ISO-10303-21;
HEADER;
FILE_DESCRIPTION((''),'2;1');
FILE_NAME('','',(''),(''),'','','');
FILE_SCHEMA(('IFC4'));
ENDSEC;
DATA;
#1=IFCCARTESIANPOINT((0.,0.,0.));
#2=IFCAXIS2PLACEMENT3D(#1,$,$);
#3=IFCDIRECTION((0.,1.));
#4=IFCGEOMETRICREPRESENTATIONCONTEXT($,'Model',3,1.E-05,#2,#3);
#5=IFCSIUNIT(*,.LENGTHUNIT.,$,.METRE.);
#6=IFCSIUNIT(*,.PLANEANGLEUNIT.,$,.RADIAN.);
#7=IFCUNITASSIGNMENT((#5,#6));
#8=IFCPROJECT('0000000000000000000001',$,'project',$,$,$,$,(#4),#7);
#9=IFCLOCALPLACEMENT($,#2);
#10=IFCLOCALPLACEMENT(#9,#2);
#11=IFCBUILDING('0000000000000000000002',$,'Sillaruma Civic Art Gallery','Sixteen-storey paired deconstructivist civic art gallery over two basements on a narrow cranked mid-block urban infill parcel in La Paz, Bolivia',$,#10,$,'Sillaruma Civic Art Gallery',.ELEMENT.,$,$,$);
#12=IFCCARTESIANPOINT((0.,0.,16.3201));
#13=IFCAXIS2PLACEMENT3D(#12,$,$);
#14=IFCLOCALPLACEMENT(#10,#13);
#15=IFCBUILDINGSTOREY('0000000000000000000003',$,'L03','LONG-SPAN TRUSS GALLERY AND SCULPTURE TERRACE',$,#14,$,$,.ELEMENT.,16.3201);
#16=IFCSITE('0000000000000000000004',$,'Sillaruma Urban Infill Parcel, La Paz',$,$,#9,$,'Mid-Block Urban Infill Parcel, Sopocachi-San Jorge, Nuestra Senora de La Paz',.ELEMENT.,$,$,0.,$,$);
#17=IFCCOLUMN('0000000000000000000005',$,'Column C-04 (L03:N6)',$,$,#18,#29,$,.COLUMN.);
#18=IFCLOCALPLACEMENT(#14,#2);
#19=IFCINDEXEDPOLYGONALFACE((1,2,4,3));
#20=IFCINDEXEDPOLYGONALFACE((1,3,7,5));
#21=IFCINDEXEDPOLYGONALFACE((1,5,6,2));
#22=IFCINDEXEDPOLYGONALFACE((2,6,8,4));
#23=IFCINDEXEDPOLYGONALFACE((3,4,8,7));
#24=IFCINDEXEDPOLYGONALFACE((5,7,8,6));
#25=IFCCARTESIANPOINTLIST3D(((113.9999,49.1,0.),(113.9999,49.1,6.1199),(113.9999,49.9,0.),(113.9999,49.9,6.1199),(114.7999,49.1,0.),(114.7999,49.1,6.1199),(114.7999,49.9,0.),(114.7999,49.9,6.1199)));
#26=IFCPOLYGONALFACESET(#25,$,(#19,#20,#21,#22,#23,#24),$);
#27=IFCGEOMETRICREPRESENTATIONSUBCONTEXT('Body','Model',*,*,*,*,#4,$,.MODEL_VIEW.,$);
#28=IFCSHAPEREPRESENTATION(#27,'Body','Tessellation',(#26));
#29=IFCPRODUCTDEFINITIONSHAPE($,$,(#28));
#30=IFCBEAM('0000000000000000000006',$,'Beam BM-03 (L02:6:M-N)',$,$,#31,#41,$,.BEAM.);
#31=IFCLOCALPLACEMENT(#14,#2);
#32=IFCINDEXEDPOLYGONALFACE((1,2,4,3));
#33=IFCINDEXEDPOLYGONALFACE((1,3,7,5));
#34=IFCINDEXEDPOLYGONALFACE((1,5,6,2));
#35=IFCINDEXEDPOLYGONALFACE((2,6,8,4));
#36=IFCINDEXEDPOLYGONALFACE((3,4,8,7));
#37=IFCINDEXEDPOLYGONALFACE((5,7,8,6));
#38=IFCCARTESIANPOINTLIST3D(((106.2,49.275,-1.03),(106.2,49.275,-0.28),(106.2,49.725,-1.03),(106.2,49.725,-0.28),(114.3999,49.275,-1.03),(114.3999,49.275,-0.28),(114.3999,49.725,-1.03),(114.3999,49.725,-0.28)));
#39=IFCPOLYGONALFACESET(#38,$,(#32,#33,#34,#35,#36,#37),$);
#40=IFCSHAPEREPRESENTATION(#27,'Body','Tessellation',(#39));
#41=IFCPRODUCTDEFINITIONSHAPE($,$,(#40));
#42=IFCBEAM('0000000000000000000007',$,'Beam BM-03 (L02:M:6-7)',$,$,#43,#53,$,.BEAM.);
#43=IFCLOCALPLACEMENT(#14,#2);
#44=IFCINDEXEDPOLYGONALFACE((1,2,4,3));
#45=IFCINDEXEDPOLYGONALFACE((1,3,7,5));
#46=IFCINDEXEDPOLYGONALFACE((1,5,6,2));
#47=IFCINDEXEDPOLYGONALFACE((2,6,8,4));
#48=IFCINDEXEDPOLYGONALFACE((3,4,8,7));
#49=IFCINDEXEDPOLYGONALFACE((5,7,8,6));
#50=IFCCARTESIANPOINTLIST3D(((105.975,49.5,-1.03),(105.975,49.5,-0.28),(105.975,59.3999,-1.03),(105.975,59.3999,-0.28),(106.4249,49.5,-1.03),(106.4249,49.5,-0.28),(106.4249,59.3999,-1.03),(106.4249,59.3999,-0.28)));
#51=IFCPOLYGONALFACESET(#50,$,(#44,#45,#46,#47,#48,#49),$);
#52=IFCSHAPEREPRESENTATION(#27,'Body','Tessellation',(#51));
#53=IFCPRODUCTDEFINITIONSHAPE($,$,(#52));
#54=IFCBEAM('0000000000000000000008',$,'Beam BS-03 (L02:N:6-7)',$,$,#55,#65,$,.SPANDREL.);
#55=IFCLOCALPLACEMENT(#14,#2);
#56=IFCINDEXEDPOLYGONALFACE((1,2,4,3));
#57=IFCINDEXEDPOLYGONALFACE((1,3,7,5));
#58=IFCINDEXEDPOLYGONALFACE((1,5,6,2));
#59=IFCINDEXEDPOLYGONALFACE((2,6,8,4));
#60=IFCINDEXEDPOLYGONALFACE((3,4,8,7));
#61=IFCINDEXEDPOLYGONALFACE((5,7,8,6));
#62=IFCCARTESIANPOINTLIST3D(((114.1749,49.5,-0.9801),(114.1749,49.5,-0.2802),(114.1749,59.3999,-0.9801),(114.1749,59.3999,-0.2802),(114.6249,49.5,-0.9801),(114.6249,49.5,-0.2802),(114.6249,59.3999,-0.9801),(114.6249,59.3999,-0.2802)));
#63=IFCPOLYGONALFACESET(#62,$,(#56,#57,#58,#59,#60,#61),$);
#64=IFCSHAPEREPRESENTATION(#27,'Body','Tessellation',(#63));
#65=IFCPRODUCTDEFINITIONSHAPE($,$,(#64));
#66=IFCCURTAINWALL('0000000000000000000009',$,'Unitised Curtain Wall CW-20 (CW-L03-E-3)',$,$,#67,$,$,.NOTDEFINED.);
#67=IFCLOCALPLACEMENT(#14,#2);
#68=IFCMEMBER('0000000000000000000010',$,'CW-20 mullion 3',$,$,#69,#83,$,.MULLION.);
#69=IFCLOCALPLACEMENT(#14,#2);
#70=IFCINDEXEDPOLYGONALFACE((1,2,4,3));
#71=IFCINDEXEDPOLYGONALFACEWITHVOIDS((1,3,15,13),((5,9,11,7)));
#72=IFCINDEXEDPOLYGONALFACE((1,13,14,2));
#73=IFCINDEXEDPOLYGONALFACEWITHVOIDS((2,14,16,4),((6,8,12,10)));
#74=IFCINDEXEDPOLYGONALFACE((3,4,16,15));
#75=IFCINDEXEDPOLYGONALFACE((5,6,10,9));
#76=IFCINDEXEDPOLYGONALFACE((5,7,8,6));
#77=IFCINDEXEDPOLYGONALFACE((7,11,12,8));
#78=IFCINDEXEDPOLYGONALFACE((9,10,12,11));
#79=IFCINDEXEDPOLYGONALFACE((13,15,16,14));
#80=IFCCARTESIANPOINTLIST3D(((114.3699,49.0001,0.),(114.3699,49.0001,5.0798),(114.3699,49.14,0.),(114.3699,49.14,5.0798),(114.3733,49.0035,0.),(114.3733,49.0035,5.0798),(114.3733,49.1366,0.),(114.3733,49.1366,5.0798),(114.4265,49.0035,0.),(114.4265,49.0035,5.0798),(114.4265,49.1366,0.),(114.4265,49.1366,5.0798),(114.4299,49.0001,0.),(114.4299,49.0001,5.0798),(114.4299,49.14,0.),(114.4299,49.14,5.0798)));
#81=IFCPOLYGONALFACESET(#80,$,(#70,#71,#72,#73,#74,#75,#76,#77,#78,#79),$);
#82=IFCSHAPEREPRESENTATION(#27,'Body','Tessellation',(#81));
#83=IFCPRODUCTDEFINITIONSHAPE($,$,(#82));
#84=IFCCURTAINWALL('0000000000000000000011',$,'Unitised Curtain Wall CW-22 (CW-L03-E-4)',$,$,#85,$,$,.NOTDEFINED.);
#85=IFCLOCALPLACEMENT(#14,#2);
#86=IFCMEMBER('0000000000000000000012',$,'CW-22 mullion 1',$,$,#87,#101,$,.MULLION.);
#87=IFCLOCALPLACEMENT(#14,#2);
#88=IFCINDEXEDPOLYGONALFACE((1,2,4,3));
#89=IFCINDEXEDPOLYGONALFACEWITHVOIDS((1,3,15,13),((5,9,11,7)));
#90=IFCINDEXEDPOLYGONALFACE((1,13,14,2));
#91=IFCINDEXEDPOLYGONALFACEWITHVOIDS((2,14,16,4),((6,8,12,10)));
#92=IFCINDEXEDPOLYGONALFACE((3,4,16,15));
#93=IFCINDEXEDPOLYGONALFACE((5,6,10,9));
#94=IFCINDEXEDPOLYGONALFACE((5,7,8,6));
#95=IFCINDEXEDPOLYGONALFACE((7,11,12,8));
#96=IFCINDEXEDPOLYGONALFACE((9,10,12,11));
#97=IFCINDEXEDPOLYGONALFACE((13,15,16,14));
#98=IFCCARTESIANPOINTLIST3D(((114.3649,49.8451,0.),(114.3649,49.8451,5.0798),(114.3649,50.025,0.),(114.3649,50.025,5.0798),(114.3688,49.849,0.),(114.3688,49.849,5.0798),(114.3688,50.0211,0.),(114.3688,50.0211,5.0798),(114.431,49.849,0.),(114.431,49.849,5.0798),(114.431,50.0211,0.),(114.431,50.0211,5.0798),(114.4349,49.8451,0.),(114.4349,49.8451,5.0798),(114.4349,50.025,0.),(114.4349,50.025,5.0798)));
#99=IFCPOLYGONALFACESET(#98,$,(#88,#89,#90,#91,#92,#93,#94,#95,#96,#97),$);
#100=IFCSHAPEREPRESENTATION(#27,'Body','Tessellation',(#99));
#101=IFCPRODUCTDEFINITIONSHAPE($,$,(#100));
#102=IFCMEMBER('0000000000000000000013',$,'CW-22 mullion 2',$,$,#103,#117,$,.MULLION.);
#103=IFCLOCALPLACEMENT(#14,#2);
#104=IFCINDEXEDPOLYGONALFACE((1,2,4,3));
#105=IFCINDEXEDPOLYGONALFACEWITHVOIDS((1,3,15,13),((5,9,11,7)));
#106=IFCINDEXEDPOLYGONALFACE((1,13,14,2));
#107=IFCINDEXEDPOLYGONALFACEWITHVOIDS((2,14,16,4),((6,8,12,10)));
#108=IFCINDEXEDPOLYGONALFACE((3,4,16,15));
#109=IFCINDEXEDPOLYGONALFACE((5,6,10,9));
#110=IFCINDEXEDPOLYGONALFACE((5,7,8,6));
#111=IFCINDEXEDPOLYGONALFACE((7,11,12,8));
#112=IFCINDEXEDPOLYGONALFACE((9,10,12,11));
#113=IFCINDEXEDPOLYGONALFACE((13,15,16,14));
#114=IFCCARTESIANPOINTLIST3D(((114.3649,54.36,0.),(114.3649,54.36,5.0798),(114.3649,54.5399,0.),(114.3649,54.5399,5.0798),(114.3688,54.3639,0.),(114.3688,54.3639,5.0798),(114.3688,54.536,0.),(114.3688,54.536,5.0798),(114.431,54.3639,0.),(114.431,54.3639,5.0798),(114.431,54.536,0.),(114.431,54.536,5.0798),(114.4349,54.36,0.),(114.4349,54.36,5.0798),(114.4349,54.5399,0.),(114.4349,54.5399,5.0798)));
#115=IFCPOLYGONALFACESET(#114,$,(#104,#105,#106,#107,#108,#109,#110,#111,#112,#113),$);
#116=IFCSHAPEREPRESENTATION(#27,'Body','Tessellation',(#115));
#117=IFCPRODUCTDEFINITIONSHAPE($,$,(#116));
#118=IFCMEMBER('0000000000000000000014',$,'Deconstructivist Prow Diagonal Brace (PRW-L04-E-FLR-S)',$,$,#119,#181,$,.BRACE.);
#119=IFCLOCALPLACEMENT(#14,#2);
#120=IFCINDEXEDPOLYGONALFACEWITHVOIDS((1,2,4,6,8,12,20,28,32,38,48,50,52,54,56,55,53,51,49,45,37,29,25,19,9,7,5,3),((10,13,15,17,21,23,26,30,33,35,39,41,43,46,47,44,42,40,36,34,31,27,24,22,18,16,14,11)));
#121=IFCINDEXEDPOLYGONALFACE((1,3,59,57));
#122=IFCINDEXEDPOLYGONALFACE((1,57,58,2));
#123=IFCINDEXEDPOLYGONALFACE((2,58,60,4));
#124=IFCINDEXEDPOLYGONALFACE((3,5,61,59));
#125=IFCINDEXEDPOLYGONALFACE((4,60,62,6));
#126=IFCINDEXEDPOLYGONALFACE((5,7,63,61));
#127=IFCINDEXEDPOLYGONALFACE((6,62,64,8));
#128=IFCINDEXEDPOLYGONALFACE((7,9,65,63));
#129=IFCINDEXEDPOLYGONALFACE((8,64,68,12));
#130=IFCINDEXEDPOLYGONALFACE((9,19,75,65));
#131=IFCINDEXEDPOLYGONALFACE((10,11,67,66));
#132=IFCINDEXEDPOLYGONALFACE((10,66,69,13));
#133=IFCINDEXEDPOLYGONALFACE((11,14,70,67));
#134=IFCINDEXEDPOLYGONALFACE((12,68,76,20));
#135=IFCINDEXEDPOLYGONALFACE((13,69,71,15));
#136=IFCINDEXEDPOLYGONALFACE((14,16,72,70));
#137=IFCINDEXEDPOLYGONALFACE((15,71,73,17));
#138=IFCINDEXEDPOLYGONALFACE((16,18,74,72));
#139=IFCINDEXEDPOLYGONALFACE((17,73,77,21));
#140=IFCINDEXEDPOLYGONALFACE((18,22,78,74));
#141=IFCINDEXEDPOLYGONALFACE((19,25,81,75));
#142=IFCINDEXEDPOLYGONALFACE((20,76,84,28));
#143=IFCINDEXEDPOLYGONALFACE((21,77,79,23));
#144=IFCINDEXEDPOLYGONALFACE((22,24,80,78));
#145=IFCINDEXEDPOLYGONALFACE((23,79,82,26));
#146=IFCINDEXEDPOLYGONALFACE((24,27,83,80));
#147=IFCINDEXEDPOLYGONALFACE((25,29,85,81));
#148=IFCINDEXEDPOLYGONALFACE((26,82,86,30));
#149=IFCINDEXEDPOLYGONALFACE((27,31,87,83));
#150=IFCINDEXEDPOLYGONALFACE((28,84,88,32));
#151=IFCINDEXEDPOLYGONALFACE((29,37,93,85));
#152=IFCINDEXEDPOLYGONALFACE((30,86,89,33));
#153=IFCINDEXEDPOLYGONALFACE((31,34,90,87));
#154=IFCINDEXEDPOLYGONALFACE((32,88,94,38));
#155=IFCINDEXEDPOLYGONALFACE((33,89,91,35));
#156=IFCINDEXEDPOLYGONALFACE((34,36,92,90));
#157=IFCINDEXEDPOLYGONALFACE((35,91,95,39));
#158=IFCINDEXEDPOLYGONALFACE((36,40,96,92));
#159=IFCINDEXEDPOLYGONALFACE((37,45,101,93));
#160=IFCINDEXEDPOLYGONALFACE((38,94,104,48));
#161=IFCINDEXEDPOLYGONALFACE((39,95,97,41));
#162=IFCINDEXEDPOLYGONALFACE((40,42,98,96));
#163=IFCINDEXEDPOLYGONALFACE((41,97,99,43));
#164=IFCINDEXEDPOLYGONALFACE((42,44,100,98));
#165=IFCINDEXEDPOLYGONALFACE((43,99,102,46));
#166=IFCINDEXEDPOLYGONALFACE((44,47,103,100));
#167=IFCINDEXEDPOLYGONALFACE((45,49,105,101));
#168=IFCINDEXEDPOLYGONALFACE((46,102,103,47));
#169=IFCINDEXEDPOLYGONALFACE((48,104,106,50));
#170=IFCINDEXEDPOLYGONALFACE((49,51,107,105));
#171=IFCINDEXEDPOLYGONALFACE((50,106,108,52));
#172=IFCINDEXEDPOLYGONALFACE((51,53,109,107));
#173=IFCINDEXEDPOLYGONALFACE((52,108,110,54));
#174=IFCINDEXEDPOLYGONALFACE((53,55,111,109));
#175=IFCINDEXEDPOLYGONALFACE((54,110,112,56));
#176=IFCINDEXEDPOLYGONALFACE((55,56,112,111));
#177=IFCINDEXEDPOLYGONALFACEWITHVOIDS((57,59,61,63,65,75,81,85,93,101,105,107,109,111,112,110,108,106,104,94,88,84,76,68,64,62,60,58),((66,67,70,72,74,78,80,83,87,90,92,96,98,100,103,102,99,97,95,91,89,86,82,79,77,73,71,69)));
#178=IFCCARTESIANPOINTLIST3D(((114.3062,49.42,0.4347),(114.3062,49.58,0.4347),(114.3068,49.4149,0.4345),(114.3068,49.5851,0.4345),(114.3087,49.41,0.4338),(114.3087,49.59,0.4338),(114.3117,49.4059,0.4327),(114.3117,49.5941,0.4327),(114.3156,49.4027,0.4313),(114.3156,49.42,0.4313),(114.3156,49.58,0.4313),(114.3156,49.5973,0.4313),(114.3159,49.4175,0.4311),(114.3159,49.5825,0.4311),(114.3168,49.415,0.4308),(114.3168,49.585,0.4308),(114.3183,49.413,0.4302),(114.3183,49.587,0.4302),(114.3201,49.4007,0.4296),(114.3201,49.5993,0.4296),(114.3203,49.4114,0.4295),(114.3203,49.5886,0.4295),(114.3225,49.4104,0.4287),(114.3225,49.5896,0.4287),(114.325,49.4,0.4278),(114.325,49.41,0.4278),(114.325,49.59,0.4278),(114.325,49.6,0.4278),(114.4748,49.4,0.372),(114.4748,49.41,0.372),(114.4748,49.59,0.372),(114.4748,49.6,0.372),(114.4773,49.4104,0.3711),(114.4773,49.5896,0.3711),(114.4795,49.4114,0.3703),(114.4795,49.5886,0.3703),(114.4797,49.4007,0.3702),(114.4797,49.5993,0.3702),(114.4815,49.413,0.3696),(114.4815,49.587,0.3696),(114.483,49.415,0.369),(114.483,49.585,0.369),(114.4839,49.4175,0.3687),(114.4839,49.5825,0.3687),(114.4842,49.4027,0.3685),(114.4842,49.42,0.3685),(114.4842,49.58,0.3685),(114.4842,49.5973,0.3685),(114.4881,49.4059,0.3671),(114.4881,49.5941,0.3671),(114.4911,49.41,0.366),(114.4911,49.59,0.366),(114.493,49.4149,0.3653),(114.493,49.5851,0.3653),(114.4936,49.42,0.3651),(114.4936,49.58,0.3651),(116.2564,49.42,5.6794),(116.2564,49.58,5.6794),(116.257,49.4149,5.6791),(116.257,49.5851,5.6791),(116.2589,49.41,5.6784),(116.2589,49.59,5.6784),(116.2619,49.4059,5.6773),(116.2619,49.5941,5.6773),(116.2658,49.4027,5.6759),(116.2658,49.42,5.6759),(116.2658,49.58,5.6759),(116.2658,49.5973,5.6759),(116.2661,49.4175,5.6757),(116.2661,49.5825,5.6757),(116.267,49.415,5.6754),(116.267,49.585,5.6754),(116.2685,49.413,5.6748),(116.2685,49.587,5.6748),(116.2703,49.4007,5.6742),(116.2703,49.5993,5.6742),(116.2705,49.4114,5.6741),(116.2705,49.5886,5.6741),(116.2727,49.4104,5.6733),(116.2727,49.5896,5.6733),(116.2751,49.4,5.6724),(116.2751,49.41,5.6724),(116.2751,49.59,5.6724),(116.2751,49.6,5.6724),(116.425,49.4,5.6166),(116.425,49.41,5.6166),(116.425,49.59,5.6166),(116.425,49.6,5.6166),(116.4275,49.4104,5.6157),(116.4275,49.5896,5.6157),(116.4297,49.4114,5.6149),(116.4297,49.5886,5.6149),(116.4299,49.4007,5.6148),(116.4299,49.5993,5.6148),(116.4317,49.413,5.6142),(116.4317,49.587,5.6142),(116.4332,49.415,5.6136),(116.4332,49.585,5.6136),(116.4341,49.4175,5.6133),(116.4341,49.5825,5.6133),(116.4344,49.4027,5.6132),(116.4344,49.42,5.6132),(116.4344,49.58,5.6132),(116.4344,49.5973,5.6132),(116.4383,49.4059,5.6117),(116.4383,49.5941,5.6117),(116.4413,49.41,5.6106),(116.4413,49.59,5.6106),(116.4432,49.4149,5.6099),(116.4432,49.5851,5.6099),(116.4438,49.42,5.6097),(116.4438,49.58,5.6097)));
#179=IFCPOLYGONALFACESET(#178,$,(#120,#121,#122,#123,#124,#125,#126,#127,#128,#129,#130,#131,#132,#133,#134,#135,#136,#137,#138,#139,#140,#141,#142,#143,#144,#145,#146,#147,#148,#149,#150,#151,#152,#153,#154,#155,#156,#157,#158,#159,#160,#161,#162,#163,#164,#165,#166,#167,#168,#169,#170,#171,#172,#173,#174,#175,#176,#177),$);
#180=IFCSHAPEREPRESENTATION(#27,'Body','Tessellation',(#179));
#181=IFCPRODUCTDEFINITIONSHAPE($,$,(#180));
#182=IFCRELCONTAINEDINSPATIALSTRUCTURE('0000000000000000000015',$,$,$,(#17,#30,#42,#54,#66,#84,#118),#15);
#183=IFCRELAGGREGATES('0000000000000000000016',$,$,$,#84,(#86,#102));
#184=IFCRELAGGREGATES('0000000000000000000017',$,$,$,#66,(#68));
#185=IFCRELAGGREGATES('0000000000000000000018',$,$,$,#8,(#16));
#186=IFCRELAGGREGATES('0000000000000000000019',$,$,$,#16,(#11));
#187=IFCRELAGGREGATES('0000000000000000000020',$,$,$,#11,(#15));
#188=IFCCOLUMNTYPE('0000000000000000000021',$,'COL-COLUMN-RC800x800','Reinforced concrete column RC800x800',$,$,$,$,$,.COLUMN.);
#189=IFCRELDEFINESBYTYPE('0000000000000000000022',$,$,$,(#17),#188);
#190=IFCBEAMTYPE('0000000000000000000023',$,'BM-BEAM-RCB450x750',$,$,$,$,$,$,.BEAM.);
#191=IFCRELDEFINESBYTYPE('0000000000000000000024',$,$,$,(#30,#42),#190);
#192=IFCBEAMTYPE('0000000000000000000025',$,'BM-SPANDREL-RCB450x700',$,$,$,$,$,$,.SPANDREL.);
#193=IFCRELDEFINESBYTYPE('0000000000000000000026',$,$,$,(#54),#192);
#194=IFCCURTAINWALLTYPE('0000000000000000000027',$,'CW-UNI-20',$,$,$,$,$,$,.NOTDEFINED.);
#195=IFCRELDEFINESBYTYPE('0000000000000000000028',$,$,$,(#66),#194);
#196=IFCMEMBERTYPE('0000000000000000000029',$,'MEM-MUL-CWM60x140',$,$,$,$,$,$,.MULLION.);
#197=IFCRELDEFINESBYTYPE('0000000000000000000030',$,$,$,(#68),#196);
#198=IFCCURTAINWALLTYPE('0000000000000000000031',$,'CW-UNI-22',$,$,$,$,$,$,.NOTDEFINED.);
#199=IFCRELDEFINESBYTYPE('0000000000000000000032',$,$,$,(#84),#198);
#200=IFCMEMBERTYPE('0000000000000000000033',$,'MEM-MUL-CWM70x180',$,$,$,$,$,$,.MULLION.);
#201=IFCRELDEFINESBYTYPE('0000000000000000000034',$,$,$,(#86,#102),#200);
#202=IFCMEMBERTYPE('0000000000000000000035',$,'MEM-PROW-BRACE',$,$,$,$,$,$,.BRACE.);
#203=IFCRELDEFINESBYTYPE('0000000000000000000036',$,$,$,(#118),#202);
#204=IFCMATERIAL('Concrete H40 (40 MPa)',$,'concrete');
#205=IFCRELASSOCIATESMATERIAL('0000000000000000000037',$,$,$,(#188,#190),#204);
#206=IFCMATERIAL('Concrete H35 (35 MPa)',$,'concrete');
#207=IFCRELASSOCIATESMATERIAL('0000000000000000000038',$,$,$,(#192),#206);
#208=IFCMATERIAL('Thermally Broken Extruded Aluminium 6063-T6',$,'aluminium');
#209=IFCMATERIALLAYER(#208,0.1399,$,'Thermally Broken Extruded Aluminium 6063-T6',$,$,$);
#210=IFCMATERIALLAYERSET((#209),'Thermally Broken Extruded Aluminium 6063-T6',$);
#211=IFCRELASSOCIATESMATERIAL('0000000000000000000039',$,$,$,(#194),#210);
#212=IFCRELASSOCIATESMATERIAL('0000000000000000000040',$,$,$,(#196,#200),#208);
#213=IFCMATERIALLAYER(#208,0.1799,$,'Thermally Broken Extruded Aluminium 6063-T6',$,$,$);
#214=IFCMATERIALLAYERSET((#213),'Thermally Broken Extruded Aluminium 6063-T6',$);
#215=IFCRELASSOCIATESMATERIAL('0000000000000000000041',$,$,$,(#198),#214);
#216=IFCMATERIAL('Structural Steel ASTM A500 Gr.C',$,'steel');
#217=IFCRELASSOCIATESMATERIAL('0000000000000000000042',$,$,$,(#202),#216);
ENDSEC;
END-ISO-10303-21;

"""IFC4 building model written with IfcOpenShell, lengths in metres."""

from ifc_helpers import new_model, si_unit, direction, frame, origin, origin_2d, place, context, subcontext, project, spatial, rectangle, hollow_rectangle, extrude, material, layer, layer_set, material_profile, profile_set, type_object, element, aggregate, save


model = new_model("IFC4")

# Units and contexts
model_context = context("Model", 3, precision=1e-05, world=origin(), true_north=direction((0.0, 1.0)))
body_context = subcontext(model_context, "Body", "Model", "MODEL_VIEW")
ifc_project = project(units=[si_unit("LENGTHUNIT", "METRE"), si_unit("PLANEANGLEUNIT", "RADIAN")], contexts=[model_context])

# Site, building, storey
site_placement = place(None, origin())
site = spatial("IfcSite", under=ifc_project, at=site_placement, Name="Sillaruma Urban Infill Parcel, La Paz", LongName="Mid-Block Urban Infill Parcel, Sopocachi-San Jorge, Nuestra Senora de La Paz", CompositionType="ELEMENT", RefElevation=0.0)
building_placement = place(site_placement, origin())
building = spatial("IfcBuilding", under=site, at=building_placement, Name="Sillaruma Civic Art Gallery", Description="Sixteen-storey paired deconstructivist civic art gallery over two basements on a narrow cranked mid-block urban infill parcel in La Paz, Bolivia", LongName="Sillaruma Civic Art Gallery", CompositionType="ELEMENT")
storey_placement = place(building_placement, frame((0.0, 0.0, 16.3201)))
storey = spatial("IfcBuildingStorey", under=building, at=storey_placement, Name="L03", Description="LONG-SPAN TRUSS GALLERY AND SCULPTURE TERRACE", CompositionType="ELEMENT", Elevation=16.3201)

# Column
ifc_material_1 = material(Name="Concrete H40 (40 MPa)", Category="concrete")
ifc_material_profile_1 = material_profile(ifc_material_1, rectangle(XDim=0.8, YDim=0.8, at=origin_2d()), Name="RC800x800")
ifc_profile_set_1 = profile_set([ifc_material_profile_1], Name="Concrete H40 (40 MPa)")
column_type = type_object("IfcColumnType", Name="COL-COLUMN-RC800x800", Description="Reinforced concrete column RC800x800", PredefinedType="COLUMN", material=ifc_profile_set_1)
column_placement = place(storey_placement, frame((114.3999, 49.5, 0.0), z_axis=(0.0, 0.0, 1.0), x_axis=(1.0, 0.0, 0.0)))
element("IfcColumn", 1, at=column_placement, inside=storey, type_object=column_type, Name="Column C-04 (L03:N6)", PredefinedType="COLUMN", context=body_context, shape_type="SweptSolid", body=[
    extrude(rectangle(XDim=0.8, YDim=0.8, at=origin_2d()), origin(), (0.0, 0.0, 1.0), 6.1199),
])

# Beams
ifc_material_profile_2 = material_profile(ifc_material_1, rectangle(XDim=0.45, YDim=0.75, at=origin_2d()), Name="RCB450x750")
ifc_profile_set_2 = profile_set([ifc_material_profile_2], Name="Concrete H40 (40 MPa)")
beam_type_1 = type_object("IfcBeamType", Name="BM-BEAM-RCB450x750", PredefinedType="BEAM", material=ifc_profile_set_2)
beam_1_placement = place(storey_placement, frame((106.2, 49.5, -0.655), z_axis=(1.0, 0.0, 0.0), x_axis=(0.0, 1.0, 0.0)))
element("IfcBeam", 2, at=beam_1_placement, inside=storey, type_object=beam_type_1, Name="Beam BM-03 (L02:6:M-N)", PredefinedType="BEAM", context=body_context, shape_type="SweptSolid", body=[
    extrude(rectangle(XDim=0.45, YDim=0.75, at=origin_2d()), origin(), (0.0, 0.0, 1.0), 8.2),
])
beam_2_placement = place(storey_placement, frame((106.2, 49.5, -0.655), z_axis=(0.0, 1.0, 0.0), x_axis=(-1.0, 0.0, 0.0)))
element("IfcBeam", 3, at=beam_2_placement, inside=storey, type_object=beam_type_1, Name="Beam BM-03 (L02:M:6-7)", PredefinedType="BEAM", context=body_context, shape_type="SweptSolid", body=[
    extrude(rectangle(XDim=0.45, YDim=0.75, at=origin_2d()), origin(), (0.0, 0.0, 1.0), 9.8999),
])
ifc_material_2 = material(Name="Concrete H35 (35 MPa)", Category="concrete")
ifc_material_profile_3 = material_profile(ifc_material_2, rectangle(XDim=0.45, YDim=0.7, at=origin_2d()), Name="RCB450x700")
ifc_profile_set_3 = profile_set([ifc_material_profile_3], Name="Concrete H35 (35 MPa)")
beam_type_2 = type_object("IfcBeamType", Name="BM-SPANDREL-RCB450x700", PredefinedType="SPANDREL", material=ifc_profile_set_3)
beam_3_placement = place(storey_placement, frame((114.3999, 49.5, -0.6301), z_axis=(0.0, 1.0, 0.0), x_axis=(-1.0, 0.0, 0.0)))
element("IfcBeam", 4, at=beam_3_placement, inside=storey, type_object=beam_type_2, Name="Beam BS-03 (L02:N:6-7)", PredefinedType="SPANDREL", context=body_context, shape_type="SweptSolid", body=[
    extrude(rectangle(XDim=0.45, YDim=0.7, at=origin_2d()), origin(), (0.0, 0.0, 1.0), 9.8999),
])

# Curtain wall, member
ifc_material_3 = material(Name="Thermally Broken Extruded Aluminium 6063-T6", Category="aluminium")
ifc_layer_1 = layer(ifc_material_3, 0.1399, Name="Thermally Broken Extruded Aluminium 6063-T6")
ifc_layer_set_1 = layer_set([ifc_layer_1], Name="Thermally Broken Extruded Aluminium 6063-T6")
curtain_wall_type_1 = type_object("IfcCurtainWallType", Name="CW-UNI-20", PredefinedType="NOTDEFINED", material=ifc_layer_set_1)
curtain_wall_1_placement = place(storey_placement, origin())
curtain_wall_1 = element("IfcCurtainWall", 5, at=curtain_wall_1_placement, inside=storey, type_object=curtain_wall_type_1, Name="Unitised Curtain Wall CW-20 (CW-L03-E-3)", PredefinedType="NOTDEFINED")
ifc_material_profile_4 = material_profile(ifc_material_3, hollow_rectangle(XDim=0.0601, YDim=0.1399, WallThickness=0.0034, at=origin_2d()), Name="CWM60x140")
ifc_profile_set_4 = profile_set([ifc_material_profile_4], Name="Thermally Broken Extruded Aluminium 6063-T6")
member_type_1 = type_object("IfcMemberType", Name="MEM-MUL-CWM60x140", PredefinedType="MULLION", material=ifc_profile_set_4)
member_1_placement = place(storey_placement, frame((114.3999, 49.0701, 0.0), z_axis=(0.0, 0.0, 1.0), x_axis=(-1.0, 0.0, 0.0)))
member_1 = element("IfcMember", 6, at=member_1_placement, type_object=member_type_1, Name="CW-20 mullion 3", PredefinedType="MULLION", context=body_context, shape_type="SweptSolid", body=[
    extrude(hollow_rectangle(XDim=0.0601, YDim=0.1399, WallThickness=0.0034, at=origin_2d()), origin(), (0.0, 0.0, 1.0), 5.0798),
])

# Curtain wall, members
ifc_layer_2 = layer(ifc_material_3, 0.1799, Name="Thermally Broken Extruded Aluminium 6063-T6")
ifc_layer_set_2 = layer_set([ifc_layer_2], Name="Thermally Broken Extruded Aluminium 6063-T6")
curtain_wall_type_2 = type_object("IfcCurtainWallType", Name="CW-UNI-22", PredefinedType="NOTDEFINED", material=ifc_layer_set_2)
curtain_wall_2_placement = place(storey_placement, origin())
curtain_wall_2 = element("IfcCurtainWall", 7, at=curtain_wall_2_placement, inside=storey, type_object=curtain_wall_type_2, Name="Unitised Curtain Wall CW-22 (CW-L03-E-4)", PredefinedType="NOTDEFINED")
ifc_material_profile_5 = material_profile(ifc_material_3, hollow_rectangle(XDim=0.0701, YDim=0.1799, WallThickness=0.0039, at=origin_2d()), Name="CWM70x180")
ifc_profile_set_5 = profile_set([ifc_material_profile_5], Name="Thermally Broken Extruded Aluminium 6063-T6")
member_type_2 = type_object("IfcMemberType", Name="MEM-MUL-CWM70x180", PredefinedType="MULLION", material=ifc_profile_set_5)
member_2_placement = place(storey_placement, frame((114.3999, 49.9351, 0.0), z_axis=(0.0, 0.0, 1.0), x_axis=(-1.0, 0.0, 0.0)))
member_2 = element("IfcMember", 8, at=member_2_placement, type_object=member_type_2, Name="CW-22 mullion 1", PredefinedType="MULLION", context=body_context, shape_type="SweptSolid", body=[
    extrude(hollow_rectangle(XDim=0.0701, YDim=0.1799, WallThickness=0.0039, at=origin_2d()), origin(), (0.0, 0.0, 1.0), 5.0798),
])
member_3_placement = place(storey_placement, frame((114.3999, 54.45, 0.0), z_axis=(0.0, 0.0, 1.0), x_axis=(-1.0, 0.0, 0.0)))
member_3 = element("IfcMember", 9, at=member_3_placement, type_object=member_type_2, Name="CW-22 mullion 2", PredefinedType="MULLION", context=body_context, shape_type="SweptSolid", body=[
    extrude(hollow_rectangle(XDim=0.0701, YDim=0.1799, WallThickness=0.0039, at=origin_2d()), origin(), (0.0, 0.0, 1.0), 5.0798),
])

# Member
ifc_material_4 = material(Name="Structural Steel ASTM A500 Gr.C", Category="steel")
ifc_material_profile_6 = material_profile(ifc_material_4, hollow_rectangle(XDim=0.2, YDim=0.2, WallThickness=0.01, InnerFilletRadius=0.01, OuterFilletRadius=0.02, at=origin_2d()), Name="HSS200x200x10")
ifc_profile_set_6 = profile_set([ifc_material_profile_6], Name="Structural Steel ASTM A500 Gr.C")
member_type_3 = type_object("IfcMemberType", Name="MEM-PROW-BRACE", PredefinedType="BRACE", material=ifc_profile_set_6)
member_4_placement = place(storey_placement, frame((114.3999, 49.5, 0.3999), z_axis=(0.34853, 0.0, 0.937297), x_axis=(0.0, 1.0, 0.0)))
element("IfcMember", 10, at=member_4_placement, inside=storey, type_object=member_type_3, Name="Deconstructivist Prow Diagonal Brace (PRW-L04-E-FLR-S)", PredefinedType="BRACE", context=body_context, shape_type="SweptSolid", body=[
    extrude(hollow_rectangle(XDim=0.2, YDim=0.2, WallThickness=0.01, InnerFilletRadius=0.01, OuterFilletRadius=0.02, at=origin_2d()), origin(), (0.0, 0.0, 1.0), 5.5955),
])

aggregate(curtain_wall_2, [member_2, member_3])
aggregate(curtain_wall_1, [member_1])

save(model, "model.ifc")
